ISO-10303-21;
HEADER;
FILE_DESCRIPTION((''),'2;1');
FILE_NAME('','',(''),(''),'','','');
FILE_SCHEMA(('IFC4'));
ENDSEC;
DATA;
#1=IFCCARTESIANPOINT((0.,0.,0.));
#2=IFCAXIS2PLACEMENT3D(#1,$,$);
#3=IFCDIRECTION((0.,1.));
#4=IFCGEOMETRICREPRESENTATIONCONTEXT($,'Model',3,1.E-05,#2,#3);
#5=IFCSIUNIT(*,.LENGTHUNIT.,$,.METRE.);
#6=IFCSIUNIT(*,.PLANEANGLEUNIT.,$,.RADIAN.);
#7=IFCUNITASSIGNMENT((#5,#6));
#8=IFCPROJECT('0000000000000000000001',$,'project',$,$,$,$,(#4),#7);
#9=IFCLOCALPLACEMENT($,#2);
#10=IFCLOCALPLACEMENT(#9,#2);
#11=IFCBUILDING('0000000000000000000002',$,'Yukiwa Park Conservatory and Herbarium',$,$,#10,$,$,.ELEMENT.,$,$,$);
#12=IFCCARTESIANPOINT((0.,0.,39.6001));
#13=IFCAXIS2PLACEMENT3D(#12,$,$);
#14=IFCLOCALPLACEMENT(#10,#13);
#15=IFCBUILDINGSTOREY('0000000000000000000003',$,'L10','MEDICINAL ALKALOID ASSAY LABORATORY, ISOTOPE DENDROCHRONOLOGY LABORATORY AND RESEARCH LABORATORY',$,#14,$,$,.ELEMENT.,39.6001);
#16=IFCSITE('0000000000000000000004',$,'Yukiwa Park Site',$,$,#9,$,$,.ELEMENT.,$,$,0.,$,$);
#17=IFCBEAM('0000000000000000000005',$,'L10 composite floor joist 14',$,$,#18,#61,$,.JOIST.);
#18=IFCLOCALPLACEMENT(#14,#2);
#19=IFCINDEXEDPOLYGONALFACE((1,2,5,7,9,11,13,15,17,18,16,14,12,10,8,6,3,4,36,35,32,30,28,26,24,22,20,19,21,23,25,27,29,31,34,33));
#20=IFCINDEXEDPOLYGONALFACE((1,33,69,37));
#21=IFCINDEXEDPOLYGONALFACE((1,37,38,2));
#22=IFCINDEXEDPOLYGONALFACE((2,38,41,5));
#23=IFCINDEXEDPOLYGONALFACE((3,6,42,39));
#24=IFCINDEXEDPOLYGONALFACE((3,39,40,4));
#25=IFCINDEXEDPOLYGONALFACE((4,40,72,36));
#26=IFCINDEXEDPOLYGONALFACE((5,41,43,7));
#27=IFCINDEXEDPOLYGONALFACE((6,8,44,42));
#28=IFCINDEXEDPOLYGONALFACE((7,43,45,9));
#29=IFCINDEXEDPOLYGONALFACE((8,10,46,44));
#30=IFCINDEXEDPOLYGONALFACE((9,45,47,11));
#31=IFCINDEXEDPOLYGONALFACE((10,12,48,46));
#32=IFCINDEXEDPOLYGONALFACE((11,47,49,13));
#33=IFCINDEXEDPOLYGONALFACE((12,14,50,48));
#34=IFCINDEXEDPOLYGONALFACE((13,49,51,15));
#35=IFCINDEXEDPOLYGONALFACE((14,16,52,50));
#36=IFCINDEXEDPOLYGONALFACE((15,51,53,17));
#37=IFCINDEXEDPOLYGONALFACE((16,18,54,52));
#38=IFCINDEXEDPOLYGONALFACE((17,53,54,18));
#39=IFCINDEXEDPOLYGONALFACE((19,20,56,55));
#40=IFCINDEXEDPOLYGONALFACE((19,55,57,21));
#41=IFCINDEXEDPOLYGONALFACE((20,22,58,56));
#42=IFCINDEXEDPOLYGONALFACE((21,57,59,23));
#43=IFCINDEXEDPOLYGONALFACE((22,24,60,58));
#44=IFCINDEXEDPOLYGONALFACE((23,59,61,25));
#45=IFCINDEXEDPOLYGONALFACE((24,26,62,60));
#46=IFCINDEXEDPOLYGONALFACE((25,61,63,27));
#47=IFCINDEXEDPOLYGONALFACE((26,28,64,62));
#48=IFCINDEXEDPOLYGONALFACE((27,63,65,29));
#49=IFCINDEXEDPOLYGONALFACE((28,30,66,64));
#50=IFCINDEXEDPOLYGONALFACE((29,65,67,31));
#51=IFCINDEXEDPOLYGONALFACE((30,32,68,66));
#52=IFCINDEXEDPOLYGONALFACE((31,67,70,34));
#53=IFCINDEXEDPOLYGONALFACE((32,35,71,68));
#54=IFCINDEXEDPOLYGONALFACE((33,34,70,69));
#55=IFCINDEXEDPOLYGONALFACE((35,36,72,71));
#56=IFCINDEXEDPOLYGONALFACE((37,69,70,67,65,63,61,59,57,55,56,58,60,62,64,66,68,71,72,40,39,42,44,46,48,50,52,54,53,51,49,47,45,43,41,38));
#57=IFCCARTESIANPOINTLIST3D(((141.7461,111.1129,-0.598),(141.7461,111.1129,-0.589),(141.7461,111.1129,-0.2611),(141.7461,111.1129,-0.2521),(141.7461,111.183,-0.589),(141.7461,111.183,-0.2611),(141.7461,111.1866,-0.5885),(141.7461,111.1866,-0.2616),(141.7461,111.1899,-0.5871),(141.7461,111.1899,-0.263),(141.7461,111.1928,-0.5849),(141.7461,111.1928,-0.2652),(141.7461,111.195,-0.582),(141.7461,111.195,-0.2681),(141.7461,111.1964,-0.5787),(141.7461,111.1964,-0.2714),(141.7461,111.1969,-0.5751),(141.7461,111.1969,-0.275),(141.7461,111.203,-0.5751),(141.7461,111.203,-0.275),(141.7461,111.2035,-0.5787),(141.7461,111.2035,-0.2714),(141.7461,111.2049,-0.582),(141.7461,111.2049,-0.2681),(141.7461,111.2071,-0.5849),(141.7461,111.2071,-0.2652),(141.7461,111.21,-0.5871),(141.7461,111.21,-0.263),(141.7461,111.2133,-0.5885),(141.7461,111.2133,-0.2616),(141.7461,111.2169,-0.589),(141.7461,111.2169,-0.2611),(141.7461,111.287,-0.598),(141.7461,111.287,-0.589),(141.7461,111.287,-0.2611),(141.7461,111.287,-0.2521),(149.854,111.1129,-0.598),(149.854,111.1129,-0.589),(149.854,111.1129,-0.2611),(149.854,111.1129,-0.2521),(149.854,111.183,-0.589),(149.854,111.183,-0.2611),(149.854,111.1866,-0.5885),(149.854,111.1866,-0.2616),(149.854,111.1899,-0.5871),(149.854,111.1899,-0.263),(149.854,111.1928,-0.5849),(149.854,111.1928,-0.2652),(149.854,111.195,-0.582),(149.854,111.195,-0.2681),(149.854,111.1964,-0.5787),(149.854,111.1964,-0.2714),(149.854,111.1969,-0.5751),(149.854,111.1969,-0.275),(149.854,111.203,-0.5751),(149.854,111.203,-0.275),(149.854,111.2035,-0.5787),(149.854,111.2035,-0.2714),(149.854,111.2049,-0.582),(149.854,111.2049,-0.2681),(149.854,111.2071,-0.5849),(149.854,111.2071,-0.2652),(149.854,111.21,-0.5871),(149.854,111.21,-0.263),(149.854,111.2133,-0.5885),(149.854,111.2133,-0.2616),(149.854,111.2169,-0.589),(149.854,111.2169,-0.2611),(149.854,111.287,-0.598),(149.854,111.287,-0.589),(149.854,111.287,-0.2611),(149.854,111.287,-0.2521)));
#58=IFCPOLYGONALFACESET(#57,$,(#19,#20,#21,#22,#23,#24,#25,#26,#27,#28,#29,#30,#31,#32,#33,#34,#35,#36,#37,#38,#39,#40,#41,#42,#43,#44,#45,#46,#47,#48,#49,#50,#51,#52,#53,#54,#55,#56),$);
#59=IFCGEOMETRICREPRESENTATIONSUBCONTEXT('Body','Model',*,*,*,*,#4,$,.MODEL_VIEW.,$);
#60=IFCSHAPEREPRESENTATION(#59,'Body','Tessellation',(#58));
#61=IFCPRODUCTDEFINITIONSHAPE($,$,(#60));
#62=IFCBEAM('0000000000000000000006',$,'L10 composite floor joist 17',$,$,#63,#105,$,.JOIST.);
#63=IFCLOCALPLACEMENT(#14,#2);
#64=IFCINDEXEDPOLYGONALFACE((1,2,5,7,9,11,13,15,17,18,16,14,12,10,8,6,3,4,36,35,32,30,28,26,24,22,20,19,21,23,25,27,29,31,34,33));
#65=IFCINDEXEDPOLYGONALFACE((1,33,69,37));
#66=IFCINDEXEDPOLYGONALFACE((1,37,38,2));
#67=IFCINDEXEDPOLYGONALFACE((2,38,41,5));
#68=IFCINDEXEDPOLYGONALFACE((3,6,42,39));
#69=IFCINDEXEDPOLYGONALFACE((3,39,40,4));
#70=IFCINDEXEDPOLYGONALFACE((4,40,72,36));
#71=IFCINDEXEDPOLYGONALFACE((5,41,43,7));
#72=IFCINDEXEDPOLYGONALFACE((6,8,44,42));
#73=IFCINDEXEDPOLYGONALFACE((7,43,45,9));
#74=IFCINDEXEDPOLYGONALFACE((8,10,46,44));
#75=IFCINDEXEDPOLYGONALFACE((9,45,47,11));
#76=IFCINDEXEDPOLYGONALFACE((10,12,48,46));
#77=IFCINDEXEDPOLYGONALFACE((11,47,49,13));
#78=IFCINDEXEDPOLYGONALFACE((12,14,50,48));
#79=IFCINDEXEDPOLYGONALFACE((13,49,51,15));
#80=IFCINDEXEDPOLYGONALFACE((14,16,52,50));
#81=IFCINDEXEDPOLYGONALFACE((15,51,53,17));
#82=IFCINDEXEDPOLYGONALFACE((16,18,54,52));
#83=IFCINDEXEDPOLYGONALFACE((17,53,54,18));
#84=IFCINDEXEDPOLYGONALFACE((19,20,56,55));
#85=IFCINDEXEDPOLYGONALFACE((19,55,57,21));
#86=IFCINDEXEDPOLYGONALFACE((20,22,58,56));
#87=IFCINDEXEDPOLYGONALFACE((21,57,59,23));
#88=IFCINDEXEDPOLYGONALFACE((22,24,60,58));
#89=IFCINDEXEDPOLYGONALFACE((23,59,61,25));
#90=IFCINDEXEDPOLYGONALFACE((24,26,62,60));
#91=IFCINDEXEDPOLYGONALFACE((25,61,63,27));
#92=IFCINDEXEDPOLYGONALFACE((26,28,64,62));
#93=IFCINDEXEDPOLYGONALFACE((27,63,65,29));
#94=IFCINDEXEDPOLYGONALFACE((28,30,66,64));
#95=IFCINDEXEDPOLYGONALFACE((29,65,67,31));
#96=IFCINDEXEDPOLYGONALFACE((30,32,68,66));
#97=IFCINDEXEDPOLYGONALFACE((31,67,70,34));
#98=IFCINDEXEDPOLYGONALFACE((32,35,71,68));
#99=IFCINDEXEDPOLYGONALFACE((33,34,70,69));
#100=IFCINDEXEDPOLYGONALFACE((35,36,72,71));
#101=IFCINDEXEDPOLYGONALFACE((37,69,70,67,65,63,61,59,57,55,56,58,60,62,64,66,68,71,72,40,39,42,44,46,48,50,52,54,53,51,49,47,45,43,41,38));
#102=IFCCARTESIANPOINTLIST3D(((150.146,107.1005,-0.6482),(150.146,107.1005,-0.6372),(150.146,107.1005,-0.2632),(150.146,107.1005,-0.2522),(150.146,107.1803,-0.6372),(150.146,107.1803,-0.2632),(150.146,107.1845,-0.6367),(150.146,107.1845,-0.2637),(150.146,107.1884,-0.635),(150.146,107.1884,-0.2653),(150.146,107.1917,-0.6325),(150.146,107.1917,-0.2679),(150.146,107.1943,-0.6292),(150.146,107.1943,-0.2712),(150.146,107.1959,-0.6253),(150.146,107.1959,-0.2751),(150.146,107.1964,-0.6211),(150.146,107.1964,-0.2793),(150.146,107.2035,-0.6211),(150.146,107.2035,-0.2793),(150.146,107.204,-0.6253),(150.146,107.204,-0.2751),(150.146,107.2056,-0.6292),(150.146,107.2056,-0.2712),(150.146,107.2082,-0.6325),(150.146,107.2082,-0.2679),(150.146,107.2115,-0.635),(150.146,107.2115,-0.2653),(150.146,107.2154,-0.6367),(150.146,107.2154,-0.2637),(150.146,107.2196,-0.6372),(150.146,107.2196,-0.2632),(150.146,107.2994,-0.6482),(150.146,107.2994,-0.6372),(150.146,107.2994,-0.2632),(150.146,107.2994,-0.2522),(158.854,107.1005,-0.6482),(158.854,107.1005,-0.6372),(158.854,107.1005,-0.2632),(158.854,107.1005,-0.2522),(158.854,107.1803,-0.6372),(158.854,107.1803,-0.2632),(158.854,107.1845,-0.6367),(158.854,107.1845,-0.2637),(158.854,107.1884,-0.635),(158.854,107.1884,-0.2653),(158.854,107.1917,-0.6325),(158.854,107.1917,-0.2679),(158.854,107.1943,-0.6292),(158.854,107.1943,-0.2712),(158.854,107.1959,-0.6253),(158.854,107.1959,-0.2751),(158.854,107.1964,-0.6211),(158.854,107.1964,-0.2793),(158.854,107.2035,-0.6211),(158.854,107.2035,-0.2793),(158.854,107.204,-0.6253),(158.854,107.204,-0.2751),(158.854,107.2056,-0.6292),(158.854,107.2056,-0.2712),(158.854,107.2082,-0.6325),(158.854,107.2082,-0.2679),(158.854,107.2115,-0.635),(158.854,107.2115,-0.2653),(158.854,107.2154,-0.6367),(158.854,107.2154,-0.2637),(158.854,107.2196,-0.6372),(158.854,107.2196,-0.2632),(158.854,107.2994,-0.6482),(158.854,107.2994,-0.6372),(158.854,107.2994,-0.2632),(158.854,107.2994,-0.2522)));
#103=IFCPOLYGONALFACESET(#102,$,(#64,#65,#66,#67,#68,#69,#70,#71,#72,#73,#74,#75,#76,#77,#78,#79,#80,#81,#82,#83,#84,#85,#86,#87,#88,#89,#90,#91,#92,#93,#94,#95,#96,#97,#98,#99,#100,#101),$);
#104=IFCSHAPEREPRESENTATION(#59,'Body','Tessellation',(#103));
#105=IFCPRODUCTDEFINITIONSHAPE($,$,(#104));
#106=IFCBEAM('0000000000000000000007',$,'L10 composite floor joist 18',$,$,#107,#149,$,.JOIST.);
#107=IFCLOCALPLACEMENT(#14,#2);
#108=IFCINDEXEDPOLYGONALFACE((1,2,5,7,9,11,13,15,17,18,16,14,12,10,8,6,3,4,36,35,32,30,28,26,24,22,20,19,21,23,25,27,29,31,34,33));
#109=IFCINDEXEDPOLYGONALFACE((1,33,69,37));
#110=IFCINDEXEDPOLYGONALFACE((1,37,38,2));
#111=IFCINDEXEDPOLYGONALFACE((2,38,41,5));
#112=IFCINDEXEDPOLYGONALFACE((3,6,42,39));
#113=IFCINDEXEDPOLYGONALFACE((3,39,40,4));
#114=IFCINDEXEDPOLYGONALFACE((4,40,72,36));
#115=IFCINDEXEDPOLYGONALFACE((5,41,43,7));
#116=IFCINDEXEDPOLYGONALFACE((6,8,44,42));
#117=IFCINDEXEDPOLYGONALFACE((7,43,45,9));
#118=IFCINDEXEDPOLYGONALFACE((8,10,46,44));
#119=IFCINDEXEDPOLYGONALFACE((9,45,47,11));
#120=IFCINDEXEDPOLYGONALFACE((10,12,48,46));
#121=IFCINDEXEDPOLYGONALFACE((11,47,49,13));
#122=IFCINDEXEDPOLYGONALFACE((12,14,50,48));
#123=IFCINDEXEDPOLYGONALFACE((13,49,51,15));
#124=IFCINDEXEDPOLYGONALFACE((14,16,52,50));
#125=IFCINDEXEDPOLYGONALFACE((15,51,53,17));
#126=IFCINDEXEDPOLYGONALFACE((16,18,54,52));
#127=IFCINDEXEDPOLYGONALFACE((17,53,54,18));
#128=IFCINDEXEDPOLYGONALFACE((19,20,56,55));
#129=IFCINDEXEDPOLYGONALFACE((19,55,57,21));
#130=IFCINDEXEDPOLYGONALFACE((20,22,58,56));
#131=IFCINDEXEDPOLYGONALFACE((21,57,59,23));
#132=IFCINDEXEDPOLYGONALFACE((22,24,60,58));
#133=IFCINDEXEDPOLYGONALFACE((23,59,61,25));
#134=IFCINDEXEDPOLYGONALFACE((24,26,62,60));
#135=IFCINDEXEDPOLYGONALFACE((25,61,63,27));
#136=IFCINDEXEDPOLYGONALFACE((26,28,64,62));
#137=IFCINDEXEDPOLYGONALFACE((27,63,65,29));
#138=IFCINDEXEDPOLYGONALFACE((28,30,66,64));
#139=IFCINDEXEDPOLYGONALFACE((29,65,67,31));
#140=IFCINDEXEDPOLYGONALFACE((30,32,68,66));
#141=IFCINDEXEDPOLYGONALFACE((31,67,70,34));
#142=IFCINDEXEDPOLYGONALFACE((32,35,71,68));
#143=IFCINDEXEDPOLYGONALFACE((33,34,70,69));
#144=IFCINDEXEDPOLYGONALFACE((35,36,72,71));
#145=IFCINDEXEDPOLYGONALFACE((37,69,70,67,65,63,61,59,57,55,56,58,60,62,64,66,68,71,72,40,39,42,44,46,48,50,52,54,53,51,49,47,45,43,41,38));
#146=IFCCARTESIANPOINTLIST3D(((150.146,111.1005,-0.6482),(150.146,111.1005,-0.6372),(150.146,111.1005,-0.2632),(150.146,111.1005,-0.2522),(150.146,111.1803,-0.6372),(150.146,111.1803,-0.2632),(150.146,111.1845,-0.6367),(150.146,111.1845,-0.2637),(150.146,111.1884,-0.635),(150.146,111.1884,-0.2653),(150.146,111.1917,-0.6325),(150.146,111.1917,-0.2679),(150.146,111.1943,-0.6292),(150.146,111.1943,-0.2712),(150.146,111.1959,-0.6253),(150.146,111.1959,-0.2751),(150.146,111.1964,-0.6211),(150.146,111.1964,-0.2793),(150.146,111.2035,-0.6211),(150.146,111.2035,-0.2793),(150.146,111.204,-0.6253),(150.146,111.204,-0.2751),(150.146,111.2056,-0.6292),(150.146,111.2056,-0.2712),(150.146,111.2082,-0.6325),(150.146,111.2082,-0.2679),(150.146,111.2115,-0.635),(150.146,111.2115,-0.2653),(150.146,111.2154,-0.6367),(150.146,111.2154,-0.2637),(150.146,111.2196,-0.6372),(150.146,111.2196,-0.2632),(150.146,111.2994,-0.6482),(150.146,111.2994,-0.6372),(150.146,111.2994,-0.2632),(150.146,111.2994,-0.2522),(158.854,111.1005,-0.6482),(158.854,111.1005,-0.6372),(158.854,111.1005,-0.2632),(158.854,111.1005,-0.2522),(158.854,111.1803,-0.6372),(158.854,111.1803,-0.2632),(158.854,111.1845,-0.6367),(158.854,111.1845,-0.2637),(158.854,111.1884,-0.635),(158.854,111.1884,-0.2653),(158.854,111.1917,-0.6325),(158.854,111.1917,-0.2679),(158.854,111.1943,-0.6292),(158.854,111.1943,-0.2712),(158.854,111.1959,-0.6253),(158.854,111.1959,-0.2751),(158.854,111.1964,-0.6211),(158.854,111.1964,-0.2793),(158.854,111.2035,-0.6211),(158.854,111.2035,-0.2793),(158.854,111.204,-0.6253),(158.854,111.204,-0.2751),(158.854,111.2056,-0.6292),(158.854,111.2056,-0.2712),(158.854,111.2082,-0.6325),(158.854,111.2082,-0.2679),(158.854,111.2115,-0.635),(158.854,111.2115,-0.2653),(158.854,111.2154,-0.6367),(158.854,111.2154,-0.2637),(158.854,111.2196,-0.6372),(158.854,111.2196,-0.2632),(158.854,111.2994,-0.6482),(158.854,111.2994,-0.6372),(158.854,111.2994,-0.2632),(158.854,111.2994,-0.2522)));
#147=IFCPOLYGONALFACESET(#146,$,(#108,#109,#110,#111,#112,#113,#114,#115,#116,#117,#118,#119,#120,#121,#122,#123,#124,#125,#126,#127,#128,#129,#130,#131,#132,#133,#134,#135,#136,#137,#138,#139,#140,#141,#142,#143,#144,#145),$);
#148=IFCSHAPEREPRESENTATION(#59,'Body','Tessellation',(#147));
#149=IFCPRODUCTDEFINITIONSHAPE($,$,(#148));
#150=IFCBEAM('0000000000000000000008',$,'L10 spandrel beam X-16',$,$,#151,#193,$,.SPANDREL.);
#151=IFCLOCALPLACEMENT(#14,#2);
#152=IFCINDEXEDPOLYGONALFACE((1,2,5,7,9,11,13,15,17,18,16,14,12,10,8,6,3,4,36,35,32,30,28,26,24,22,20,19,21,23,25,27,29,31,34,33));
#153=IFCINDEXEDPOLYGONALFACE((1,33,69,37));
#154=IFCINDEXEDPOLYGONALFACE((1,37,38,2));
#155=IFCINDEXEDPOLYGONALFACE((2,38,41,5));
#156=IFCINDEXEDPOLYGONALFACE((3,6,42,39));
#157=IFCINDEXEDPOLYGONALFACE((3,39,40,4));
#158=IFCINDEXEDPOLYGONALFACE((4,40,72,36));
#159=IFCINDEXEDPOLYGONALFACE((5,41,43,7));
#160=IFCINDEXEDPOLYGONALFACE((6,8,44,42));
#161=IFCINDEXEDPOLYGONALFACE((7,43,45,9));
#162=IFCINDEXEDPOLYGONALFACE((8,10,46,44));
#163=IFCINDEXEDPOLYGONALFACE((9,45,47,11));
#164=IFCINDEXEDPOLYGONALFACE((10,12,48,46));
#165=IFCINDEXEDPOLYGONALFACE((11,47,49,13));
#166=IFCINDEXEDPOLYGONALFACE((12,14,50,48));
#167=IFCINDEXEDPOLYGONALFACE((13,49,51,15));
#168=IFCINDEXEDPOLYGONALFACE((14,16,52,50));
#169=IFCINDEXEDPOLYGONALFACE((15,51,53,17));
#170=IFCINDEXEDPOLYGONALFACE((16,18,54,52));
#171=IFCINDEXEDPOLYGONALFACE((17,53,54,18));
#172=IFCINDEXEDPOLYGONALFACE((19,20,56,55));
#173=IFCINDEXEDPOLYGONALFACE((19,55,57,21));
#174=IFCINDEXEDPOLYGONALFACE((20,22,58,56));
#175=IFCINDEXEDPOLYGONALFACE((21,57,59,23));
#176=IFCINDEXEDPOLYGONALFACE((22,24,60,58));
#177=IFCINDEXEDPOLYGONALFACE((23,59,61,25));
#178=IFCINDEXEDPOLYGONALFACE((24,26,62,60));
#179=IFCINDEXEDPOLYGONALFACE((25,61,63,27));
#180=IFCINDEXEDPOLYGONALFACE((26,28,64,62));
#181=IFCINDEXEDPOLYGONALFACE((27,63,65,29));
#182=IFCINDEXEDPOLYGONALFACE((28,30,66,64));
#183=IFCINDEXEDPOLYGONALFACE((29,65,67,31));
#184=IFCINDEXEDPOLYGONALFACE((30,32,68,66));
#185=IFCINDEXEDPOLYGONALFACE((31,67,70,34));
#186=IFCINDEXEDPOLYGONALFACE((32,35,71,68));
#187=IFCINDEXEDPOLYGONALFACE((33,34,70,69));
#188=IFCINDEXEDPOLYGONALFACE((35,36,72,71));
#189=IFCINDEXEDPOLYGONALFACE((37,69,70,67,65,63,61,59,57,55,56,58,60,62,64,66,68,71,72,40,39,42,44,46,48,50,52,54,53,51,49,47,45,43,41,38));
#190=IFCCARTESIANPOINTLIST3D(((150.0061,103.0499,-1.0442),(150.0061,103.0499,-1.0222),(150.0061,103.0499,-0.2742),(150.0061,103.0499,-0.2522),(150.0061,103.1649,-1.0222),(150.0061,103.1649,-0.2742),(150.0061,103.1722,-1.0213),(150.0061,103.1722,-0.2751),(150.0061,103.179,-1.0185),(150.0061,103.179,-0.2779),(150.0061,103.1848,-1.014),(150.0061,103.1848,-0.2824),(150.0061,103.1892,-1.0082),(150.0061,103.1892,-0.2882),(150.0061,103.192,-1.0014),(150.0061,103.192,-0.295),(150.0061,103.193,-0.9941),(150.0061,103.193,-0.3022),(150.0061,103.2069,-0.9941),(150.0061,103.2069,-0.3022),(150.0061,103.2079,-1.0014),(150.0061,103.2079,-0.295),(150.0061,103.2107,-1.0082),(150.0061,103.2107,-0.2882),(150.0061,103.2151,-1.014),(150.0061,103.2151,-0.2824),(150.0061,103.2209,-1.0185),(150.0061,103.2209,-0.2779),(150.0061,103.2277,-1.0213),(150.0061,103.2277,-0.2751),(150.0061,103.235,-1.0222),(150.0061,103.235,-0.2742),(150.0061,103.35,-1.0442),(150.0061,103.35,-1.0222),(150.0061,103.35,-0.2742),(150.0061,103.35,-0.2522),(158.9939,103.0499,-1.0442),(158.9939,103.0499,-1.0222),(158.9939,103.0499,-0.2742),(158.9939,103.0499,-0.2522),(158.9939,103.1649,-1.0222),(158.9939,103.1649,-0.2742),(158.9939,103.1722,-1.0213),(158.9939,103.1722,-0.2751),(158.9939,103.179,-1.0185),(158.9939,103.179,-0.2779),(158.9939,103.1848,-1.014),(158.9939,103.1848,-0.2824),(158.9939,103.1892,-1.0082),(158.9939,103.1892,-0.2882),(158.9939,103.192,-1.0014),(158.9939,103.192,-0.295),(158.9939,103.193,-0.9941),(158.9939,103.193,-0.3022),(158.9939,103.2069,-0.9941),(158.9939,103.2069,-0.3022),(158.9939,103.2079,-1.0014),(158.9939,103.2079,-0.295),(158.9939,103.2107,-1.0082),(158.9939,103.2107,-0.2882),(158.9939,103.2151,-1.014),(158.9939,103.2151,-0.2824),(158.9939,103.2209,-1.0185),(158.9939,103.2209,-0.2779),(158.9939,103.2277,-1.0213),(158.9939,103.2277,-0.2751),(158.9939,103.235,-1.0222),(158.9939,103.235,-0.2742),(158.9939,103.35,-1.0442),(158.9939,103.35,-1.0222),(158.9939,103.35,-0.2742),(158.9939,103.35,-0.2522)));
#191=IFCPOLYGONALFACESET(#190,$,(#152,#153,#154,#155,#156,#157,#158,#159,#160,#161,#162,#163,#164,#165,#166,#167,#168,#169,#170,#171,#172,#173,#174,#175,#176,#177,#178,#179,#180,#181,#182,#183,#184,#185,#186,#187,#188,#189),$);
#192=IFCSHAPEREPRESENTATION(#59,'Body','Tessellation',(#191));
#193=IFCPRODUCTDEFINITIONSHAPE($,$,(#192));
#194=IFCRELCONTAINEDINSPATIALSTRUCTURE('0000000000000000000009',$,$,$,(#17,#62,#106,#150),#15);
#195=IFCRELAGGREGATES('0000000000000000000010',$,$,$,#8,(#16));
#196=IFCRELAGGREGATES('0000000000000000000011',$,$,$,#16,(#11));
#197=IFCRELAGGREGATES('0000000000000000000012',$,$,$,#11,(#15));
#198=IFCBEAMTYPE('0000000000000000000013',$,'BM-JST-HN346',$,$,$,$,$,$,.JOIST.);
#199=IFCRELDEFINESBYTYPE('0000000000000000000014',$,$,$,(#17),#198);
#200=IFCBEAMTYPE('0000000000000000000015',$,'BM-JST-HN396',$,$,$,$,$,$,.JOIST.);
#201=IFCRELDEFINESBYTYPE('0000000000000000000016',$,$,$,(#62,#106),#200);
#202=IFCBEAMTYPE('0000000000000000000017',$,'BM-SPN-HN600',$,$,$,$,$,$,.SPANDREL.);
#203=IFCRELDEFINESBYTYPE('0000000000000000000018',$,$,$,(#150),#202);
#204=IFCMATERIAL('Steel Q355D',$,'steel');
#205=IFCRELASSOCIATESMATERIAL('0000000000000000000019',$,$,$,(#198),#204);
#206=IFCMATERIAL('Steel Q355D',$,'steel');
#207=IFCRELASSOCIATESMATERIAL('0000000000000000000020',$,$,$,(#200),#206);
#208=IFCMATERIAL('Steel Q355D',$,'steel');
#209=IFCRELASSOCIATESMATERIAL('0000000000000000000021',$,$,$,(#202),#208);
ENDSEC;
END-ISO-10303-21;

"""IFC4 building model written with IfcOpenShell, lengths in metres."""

from ifc_helpers import new_model, si_unit, direction, frame, origin, origin_2d, place, context, subcontext, project, spatial, i_section, extrude, material, material_profile, profile_set, type_object, element, save


model = new_model("IFC4")

# Units and contexts
model_context = context("Model", 3, precision=1e-05, world=origin(), true_north=direction((0.0, 1.0)))
body_context = subcontext(model_context, "Body", "Model", "MODEL_VIEW")
ifc_project = project(units=[si_unit("LENGTHUNIT", "METRE"), si_unit("PLANEANGLEUNIT", "RADIAN")], contexts=[model_context])

# Site, building, storey
site_placement = place(None, origin())
site = spatial("IfcSite", under=ifc_project, at=site_placement, Name="Yukiwa Park Site", CompositionType="ELEMENT", RefElevation=0.0)
building_placement = place(site_placement, origin())
building = spatial("IfcBuilding", under=site, at=building_placement, Name="Yukiwa Park Conservatory and Herbarium", CompositionType="ELEMENT")
storey_placement = place(building_placement, frame((0.0, 0.0, 39.6001)))
storey = spatial("IfcBuildingStorey", under=building, at=storey_placement, Name="L10", Description="MEDICINAL ALKALOID ASSAY LABORATORY, ISOTOPE DENDROCHRONOLOGY LABORATORY AND RESEARCH LABORATORY", CompositionType="ELEMENT", Elevation=39.6001)

# Beams
ifc_material_1 = material(Name="Steel Q355D", Category="steel")
ifc_material_profile_1 = material_profile(ifc_material_1, i_section(OverallWidth=0.1741, OverallDepth=0.3459, WebThickness=0.0061, FlangeThickness=0.009, FilletRadius=0.0139, at=origin_2d()), Name="HN 346x174x6x9")
ifc_profile_set_1 = profile_set([ifc_material_profile_1], Name="Steel Q355D")
beam_type_1 = type_object("IfcBeamType", Name="BM-JST-HN346", PredefinedType="JOIST", material=ifc_profile_set_1)
beam_1_placement = place(storey_placement, frame((141.7461, 111.2, -0.425), z_axis=(1.0, 0.0, 0.0), x_axis=(0.0, 1.0, 0.0)))
element("IfcBeam", 1, at=beam_1_placement, inside=storey, type_object=beam_type_1, Name="L10 composite floor joist 14", PredefinedType="JOIST", context=body_context, shape_type="SweptSolid", body=[
    extrude(i_section(OverallWidth=0.1741, OverallDepth=0.3459, WebThickness=0.0061, FlangeThickness=0.009, FilletRadius=0.0139, at=origin_2d()), origin(), (0.0, 0.0, 1.0), 8.1079),
])
ifc_material_2 = material(Name="Steel Q355D", Category="steel")
ifc_material_profile_2 = material_profile(ifc_material_2, i_section(OverallWidth=0.199, OverallDepth=0.396, WebThickness=0.0071, FlangeThickness=0.011, FilletRadius=0.0161, at=origin_2d()), Name="HN 396x199x7x11")
ifc_profile_set_2 = profile_set([ifc_material_profile_2], Name="Steel Q355D")
beam_type_2 = type_object("IfcBeamType", Name="BM-JST-HN396", PredefinedType="JOIST", material=ifc_profile_set_2)
for number, where, z_axis, x_axis, name in (
    (2, (150.146, 107.2, -0.4502), (1.0, 0.0, 0.0), (0.0, 1.0, 0.0), "L10 composite floor joist 17"),
    (3, (150.146, 111.2, -0.4502), (1.0, 0.0, 0.0), (0.0, 1.0, 0.0), "L10 composite floor joist 18"),
):
    element("IfcBeam", number, at=place(storey_placement, frame(where, z_axis=z_axis, x_axis=x_axis)), inside=storey, type_object=beam_type_2, Name=name, PredefinedType="JOIST", context=body_context, shape_type="SweptSolid", body=[
        extrude(i_section(OverallWidth=0.199, OverallDepth=0.396, WebThickness=0.0071, FlangeThickness=0.011, FilletRadius=0.0161, at=origin_2d()), origin(), (0.0, 0.0, 1.0), 8.708),
    ])
ifc_material_3 = material(Name="Steel Q355D", Category="steel")
ifc_material_profile_3 = material_profile(ifc_material_3, i_section(OverallWidth=0.3, OverallDepth=0.792, WebThickness=0.0139, FlangeThickness=0.022, FilletRadius=0.0281, at=origin_2d()), Name="HN 792x300x14x22")
ifc_profile_set_3 = profile_set([ifc_material_profile_3], Name="Steel Q355D")
beam_type_3 = type_object("IfcBeamType", Name="BM-SPN-HN600", PredefinedType="SPANDREL", material=ifc_profile_set_3)
for number, where, z_axis, x_axis, name in (
    (4, (150.0061, 103.2, -0.6482), (1.0, 0.0, 0.0), (0.0, 1.0, 0.0), "L10 spandrel beam X-16"),
):
    element("IfcBeam", number, at=place(storey_placement, frame(where, z_axis=z_axis, x_axis=x_axis)), inside=storey, type_object=beam_type_3, Name=name, PredefinedType="SPANDREL", context=body_context, shape_type="SweptSolid", body=[
        extrude(i_section(OverallWidth=0.3, OverallDepth=0.792, WebThickness=0.0139, FlangeThickness=0.022, FilletRadius=0.0281, at=origin_2d()), origin(), (0.0, 0.0, 1.0), 8.9878),
    ])

save(model, "model.ifc")
